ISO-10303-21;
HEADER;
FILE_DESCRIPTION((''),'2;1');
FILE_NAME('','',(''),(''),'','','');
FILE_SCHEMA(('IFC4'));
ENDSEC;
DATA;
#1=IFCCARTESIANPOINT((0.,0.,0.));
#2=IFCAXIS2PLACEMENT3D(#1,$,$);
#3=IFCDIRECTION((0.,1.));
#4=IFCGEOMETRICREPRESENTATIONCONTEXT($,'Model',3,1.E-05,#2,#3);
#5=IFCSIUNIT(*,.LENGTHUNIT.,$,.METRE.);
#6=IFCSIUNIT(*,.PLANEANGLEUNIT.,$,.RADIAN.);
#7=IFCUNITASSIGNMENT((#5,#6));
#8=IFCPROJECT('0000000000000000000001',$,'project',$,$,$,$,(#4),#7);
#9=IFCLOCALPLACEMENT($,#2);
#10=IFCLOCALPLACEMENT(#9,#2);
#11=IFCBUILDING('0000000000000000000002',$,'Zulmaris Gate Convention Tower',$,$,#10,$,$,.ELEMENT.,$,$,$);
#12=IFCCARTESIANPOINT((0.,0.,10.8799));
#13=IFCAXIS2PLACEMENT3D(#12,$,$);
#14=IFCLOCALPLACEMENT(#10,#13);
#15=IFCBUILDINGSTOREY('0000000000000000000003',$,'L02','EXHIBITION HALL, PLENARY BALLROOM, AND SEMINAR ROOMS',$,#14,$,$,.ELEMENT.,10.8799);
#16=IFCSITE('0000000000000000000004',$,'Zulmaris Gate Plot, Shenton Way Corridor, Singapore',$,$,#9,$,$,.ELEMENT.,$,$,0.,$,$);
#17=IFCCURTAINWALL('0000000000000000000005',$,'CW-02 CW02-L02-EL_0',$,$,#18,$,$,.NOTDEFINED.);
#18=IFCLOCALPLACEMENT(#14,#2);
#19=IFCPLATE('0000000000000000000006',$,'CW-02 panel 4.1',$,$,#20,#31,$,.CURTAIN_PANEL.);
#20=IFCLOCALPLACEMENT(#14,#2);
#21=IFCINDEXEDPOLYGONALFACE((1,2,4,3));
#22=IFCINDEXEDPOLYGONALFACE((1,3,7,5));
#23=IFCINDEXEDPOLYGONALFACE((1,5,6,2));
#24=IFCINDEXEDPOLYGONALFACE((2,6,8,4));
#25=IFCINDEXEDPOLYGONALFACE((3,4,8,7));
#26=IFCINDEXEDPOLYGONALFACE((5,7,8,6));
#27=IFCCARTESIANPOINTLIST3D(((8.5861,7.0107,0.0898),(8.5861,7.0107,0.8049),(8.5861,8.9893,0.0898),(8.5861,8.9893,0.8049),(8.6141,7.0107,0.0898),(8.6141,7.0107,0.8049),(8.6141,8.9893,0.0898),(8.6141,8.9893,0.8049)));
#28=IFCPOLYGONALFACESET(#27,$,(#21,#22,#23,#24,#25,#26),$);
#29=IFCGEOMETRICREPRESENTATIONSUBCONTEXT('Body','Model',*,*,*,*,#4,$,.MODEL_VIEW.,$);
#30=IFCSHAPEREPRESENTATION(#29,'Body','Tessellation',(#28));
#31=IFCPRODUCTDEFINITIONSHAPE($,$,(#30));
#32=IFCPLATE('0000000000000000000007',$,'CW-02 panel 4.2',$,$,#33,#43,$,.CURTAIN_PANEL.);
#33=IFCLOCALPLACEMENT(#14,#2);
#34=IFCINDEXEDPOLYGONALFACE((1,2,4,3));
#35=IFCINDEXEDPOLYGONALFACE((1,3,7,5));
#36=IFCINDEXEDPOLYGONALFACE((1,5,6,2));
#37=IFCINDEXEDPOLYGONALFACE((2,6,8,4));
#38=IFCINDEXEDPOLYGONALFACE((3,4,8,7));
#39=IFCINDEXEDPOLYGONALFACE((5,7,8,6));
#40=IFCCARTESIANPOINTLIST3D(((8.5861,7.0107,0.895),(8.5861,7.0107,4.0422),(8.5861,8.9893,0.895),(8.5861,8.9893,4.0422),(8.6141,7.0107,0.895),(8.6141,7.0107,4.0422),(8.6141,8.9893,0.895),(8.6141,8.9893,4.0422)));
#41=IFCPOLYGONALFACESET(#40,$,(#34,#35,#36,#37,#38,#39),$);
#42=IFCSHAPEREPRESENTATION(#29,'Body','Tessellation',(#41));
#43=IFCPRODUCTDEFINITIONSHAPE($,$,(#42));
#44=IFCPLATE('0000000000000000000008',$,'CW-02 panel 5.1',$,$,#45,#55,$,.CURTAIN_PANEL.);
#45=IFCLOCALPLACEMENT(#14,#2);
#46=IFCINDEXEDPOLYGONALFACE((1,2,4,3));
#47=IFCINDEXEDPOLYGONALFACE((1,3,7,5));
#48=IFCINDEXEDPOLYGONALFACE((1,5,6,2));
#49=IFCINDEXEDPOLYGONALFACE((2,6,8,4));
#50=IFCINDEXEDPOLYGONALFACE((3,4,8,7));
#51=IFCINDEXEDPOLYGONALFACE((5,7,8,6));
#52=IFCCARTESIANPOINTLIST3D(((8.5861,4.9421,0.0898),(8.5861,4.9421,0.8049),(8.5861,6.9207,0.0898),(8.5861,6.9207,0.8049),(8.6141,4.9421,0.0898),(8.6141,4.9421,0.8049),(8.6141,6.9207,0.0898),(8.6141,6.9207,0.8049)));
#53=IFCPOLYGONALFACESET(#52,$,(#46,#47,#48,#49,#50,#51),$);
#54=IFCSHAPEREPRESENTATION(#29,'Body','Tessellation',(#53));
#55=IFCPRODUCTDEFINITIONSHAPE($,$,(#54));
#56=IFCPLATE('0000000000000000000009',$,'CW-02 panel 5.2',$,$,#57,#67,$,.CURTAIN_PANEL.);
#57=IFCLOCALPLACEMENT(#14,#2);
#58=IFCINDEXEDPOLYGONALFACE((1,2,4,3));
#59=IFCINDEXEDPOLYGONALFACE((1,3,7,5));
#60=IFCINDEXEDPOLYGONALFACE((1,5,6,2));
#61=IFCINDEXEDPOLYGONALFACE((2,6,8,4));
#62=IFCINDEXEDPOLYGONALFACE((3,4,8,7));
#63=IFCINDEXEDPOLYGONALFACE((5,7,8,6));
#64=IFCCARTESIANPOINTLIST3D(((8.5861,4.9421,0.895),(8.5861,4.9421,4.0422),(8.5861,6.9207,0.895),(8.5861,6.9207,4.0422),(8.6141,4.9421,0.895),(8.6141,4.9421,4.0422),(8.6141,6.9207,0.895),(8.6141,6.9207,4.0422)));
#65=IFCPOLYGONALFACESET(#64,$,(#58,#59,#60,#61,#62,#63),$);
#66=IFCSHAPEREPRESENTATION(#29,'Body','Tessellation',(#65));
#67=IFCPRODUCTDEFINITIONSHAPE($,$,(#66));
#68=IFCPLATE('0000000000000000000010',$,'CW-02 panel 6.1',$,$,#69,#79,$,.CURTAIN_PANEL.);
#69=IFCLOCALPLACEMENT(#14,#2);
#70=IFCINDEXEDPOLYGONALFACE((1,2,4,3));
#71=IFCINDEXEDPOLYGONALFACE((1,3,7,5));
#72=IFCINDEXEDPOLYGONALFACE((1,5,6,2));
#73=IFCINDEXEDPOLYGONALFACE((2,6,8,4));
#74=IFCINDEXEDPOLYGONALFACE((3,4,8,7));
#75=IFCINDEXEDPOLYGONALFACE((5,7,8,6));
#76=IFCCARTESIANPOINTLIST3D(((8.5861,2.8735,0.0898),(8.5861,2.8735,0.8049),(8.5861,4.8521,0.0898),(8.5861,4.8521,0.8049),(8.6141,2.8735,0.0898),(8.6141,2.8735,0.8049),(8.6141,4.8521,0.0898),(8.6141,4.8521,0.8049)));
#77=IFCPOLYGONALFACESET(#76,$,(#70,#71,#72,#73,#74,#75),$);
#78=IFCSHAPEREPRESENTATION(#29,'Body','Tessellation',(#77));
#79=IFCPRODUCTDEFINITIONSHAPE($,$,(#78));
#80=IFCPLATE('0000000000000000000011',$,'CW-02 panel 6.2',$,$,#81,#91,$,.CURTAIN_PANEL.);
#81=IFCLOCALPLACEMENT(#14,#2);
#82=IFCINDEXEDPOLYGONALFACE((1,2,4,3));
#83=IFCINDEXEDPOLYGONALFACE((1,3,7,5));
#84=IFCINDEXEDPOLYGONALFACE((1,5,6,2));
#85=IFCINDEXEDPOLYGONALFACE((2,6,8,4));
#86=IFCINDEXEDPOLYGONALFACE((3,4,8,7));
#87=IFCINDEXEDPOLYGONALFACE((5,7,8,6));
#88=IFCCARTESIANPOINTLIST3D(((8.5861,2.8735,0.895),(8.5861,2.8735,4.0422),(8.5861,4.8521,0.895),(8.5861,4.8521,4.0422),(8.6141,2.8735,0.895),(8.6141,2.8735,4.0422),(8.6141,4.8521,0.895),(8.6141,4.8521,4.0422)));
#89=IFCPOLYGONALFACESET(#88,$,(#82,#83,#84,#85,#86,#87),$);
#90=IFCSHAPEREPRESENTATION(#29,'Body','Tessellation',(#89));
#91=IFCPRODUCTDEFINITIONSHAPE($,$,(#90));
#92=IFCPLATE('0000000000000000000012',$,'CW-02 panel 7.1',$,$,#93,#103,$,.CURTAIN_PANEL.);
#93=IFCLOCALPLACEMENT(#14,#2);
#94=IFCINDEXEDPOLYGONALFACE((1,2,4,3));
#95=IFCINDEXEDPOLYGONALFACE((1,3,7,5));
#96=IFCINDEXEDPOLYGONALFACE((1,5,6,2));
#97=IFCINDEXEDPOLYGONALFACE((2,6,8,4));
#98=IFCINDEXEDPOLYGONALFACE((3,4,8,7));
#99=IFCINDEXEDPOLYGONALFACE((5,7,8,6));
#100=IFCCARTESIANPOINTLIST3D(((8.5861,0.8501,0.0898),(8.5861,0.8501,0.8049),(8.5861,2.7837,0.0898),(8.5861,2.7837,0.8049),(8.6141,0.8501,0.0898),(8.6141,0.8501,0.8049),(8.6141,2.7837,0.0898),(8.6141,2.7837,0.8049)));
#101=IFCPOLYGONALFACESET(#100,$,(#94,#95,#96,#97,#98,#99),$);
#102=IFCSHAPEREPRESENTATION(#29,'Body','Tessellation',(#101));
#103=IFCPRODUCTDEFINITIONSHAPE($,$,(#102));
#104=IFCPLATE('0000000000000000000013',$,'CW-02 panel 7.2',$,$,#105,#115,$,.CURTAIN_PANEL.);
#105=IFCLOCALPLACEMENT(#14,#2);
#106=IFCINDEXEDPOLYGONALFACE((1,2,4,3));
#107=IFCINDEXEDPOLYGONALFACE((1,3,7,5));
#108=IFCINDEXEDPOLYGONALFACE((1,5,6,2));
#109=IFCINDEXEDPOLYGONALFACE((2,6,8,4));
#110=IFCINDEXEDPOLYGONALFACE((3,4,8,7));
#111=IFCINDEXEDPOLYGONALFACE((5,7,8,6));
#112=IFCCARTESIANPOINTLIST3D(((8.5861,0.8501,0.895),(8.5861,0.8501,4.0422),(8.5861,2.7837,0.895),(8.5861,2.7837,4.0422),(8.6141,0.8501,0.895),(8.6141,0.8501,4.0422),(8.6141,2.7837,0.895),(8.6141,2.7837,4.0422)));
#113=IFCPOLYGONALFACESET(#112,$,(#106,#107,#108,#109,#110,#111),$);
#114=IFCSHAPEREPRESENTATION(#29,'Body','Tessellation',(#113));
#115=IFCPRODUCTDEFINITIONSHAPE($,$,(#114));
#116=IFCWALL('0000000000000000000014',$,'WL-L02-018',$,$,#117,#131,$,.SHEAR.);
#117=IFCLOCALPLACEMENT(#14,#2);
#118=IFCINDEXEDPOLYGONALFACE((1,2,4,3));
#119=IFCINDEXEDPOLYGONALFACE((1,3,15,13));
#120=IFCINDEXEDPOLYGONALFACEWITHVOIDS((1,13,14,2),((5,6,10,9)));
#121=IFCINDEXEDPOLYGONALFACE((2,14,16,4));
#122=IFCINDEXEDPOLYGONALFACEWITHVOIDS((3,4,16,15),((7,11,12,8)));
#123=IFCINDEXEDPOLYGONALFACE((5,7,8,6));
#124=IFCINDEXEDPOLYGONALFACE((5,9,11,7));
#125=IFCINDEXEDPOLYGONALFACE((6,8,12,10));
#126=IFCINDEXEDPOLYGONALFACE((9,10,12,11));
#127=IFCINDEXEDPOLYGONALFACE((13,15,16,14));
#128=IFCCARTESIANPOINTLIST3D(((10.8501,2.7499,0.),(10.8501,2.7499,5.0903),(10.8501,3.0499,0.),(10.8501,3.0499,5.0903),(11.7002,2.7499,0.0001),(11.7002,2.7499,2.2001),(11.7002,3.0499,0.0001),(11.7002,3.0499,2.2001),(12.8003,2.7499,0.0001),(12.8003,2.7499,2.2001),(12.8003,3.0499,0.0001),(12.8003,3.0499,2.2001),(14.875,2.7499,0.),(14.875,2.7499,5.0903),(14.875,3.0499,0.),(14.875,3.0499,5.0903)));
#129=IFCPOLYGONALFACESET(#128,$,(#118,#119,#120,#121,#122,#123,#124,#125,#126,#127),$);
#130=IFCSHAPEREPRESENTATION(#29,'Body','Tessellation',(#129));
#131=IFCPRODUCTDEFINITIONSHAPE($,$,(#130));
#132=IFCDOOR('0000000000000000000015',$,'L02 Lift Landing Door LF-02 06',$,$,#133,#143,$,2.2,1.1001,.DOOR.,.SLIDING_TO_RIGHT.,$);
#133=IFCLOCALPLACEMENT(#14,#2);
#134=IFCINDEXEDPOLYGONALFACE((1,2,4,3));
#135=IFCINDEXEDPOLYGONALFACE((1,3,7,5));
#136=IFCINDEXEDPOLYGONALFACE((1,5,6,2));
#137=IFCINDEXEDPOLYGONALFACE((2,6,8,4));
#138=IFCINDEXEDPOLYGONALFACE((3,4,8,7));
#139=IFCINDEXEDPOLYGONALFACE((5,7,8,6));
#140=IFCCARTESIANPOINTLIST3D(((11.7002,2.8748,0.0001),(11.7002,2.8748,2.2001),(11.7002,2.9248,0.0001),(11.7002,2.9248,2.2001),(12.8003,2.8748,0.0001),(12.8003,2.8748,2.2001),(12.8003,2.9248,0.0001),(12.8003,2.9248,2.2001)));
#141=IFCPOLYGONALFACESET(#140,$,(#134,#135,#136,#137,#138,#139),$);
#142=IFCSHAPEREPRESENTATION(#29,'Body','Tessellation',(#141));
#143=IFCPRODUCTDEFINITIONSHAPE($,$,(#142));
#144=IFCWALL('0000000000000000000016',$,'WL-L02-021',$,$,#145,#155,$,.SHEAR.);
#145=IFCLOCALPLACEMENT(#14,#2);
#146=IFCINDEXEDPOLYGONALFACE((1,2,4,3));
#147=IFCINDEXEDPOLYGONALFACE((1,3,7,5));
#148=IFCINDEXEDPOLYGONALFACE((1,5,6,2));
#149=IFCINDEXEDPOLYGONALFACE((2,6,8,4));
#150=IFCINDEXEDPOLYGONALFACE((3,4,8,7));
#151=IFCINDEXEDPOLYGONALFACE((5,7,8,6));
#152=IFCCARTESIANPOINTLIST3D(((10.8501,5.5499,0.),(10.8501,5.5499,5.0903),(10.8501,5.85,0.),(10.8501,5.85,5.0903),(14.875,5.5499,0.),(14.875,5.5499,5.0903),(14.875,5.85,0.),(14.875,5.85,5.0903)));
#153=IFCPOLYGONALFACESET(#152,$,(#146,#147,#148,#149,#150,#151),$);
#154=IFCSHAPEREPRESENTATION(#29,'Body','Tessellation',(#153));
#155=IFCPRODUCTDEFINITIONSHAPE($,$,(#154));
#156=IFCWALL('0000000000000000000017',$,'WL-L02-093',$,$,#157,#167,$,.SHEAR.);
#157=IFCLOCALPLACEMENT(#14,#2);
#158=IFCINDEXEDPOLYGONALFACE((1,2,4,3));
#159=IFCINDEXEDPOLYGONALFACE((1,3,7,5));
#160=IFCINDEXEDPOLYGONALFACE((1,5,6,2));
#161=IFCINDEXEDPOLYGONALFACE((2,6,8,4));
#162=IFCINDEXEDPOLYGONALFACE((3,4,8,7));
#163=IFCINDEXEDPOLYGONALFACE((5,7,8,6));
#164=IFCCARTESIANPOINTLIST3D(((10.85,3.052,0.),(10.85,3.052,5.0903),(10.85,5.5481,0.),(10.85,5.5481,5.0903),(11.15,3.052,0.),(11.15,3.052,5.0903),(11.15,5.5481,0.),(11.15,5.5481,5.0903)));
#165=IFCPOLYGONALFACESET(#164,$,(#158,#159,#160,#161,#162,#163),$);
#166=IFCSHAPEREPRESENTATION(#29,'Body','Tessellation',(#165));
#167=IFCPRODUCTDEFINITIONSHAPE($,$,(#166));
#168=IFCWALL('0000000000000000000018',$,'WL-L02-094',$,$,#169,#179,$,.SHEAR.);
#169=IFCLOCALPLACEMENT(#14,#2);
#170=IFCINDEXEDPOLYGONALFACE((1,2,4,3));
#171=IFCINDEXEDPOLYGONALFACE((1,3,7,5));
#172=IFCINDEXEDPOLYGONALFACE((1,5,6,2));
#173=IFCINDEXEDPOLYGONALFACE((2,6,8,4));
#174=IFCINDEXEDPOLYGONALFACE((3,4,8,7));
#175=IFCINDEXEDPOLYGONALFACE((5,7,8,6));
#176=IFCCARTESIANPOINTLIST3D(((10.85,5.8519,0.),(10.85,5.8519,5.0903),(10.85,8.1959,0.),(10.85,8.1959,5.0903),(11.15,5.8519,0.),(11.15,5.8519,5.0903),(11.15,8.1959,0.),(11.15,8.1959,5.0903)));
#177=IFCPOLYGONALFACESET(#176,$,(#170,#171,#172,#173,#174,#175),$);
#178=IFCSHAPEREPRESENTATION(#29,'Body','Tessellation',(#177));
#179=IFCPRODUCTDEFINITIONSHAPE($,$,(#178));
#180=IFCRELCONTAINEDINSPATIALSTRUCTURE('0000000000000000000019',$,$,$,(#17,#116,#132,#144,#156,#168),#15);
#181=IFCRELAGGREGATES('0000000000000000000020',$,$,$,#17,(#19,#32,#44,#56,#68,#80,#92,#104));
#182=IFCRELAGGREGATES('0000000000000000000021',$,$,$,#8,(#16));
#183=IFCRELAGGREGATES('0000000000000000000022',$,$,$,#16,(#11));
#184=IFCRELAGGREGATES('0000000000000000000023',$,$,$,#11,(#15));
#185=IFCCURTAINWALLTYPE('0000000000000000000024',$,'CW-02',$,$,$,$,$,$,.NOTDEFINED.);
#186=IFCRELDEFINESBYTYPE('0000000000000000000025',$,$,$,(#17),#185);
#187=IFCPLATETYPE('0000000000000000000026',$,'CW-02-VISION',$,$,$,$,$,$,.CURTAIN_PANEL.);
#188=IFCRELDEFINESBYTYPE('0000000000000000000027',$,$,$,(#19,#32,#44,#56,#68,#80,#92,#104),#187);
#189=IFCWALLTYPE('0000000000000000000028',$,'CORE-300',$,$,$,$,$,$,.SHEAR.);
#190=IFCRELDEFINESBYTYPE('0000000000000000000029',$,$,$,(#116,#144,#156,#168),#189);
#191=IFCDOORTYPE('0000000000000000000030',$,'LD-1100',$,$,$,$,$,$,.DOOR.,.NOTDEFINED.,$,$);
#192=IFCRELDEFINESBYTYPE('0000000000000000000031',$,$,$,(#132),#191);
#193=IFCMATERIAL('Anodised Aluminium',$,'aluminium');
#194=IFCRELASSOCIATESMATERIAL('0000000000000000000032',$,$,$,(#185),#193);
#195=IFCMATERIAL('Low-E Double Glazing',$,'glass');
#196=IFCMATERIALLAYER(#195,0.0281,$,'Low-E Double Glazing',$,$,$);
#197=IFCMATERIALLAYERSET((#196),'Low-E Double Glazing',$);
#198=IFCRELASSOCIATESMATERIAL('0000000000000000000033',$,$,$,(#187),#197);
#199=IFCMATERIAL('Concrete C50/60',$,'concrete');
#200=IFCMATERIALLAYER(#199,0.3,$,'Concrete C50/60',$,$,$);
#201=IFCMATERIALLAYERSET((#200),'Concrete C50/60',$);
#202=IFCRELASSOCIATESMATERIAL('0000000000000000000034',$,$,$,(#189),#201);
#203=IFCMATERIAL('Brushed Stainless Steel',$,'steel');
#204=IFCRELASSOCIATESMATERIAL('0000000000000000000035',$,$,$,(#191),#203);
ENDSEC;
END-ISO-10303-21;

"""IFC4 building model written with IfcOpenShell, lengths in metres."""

from ifc_helpers import new_model, si_unit, direction, frame, frame_2d, origin, origin_2d, place, context, subcontext, project, spatial, rectangle, extrude, material, layer, layer_set, type_object, element, fill, aggregate, save


model = new_model("IFC4")

# Units and contexts
model_context = context("Model", 3, precision=1e-05, world=origin(), true_north=direction((0.0, 1.0)))
body_context = subcontext(model_context, "Body", "Model", "MODEL_VIEW")
ifc_project = project(units=[si_unit("LENGTHUNIT", "METRE"), si_unit("PLANEANGLEUNIT", "RADIAN")], contexts=[model_context])

# Site, building, storey
site_placement = place(None, origin())
site = spatial("IfcSite", under=ifc_project, at=site_placement, Name="Zulmaris Gate Plot, Shenton Way Corridor, Singapore", CompositionType="ELEMENT", RefElevation=0.0)
building_placement = place(site_placement, origin())
building = spatial("IfcBuilding", under=site, at=building_placement, Name="Zulmaris Gate Convention Tower", CompositionType="ELEMENT")
storey_placement = place(building_placement, frame((0.0, 0.0, 10.8799)))
storey = spatial("IfcBuildingStorey", under=building, at=storey_placement, Name="L02", Description="EXHIBITION HALL, PLENARY BALLROOM, AND SEMINAR ROOMS", CompositionType="ELEMENT", Elevation=10.8799)

# Curtain wall, plates
ifc_material_1 = material(Name="Anodised Aluminium", Category="aluminium")
curtain_wall_type = type_object("IfcCurtainWallType", Name="CW-02", PredefinedType="NOTDEFINED", material=ifc_material_1)
curtain_wall_placement = place(storey_placement, origin())
curtain_wall = element("IfcCurtainWall", 1, at=curtain_wall_placement, inside=storey, type_object=curtain_wall_type, Name="CW-02 CW02-L02-EL_0", PredefinedType="NOTDEFINED")
ifc_material_2 = material(Name="Low-E Double Glazing", Category="glass")
ifc_layer_1 = layer(ifc_material_2, 0.0281, Name="Low-E Double Glazing")
ifc_layer_set_1 = layer_set([ifc_layer_1], Name="Low-E Double Glazing")
plate_type = type_object("IfcPlateType", Name="CW-02-VISION", PredefinedType="CURTAIN_PANEL", material=ifc_layer_set_1)
plate_1_placement = place(storey_placement, frame((8.6001, 8.0, 0.0898), z_axis=(0.0, 0.0, 1.0), x_axis=(0.0, -1.0, 0.0)))
plate_1 = element("IfcPlate", 2, at=plate_1_placement, type_object=plate_type, Name="CW-02 panel 4.1", PredefinedType="CURTAIN_PANEL", context=body_context, shape_type="SweptSolid", body=[
    extrude(rectangle(XDim=1.9785, YDim=0.0281, at=origin_2d()), origin(), (0.0, 0.0, 1.0), 0.7151),
])
plate_2_placement = place(storey_placement, frame((8.6001, 8.0, 0.895), z_axis=(0.0, 0.0, 1.0), x_axis=(0.0, -1.0, 0.0)))
plate_2 = element("IfcPlate", 3, at=plate_2_placement, type_object=plate_type, Name="CW-02 panel 4.2", PredefinedType="CURTAIN_PANEL", context=body_context, shape_type="SweptSolid", body=[
    extrude(rectangle(XDim=1.9785, YDim=0.0281, at=origin_2d()), origin(), (0.0, 0.0, 1.0), 3.1472),
])
plate_3_placement = place(storey_placement, frame((8.6001, 5.9314, 0.0898), z_axis=(0.0, 0.0, 1.0), x_axis=(0.0, -1.0, 0.0)))
plate_3 = element("IfcPlate", 4, at=plate_3_placement, type_object=plate_type, Name="CW-02 panel 5.1", PredefinedType="CURTAIN_PANEL", context=body_context, shape_type="SweptSolid", body=[
    extrude(rectangle(XDim=1.9785, YDim=0.0281, at=origin_2d()), origin(), (0.0, 0.0, 1.0), 0.7151),
])
plate_4_placement = place(storey_placement, frame((8.6001, 5.9314, 0.895), z_axis=(0.0, 0.0, 1.0), x_axis=(0.0, -1.0, 0.0)))
plate_4 = element("IfcPlate", 5, at=plate_4_placement, type_object=plate_type, Name="CW-02 panel 5.2", PredefinedType="CURTAIN_PANEL", context=body_context, shape_type="SweptSolid", body=[
    extrude(rectangle(XDim=1.9785, YDim=0.0281, at=origin_2d()), origin(), (0.0, 0.0, 1.0), 3.1472),
])
plate_5_placement = place(storey_placement, frame((8.6001, 3.8628, 0.0898), z_axis=(0.0, 0.0, 1.0), x_axis=(0.0, -1.0, 0.0)))
plate_5 = element("IfcPlate", 6, at=plate_5_placement, type_object=plate_type, Name="CW-02 panel 6.1", PredefinedType="CURTAIN_PANEL", context=body_context, shape_type="SweptSolid", body=[
    extrude(rectangle(XDim=1.9785, YDim=0.0281, at=origin_2d()), origin(), (0.0, 0.0, 1.0), 0.7151),
])
plate_6_placement = place(storey_placement, frame((8.6001, 3.8628, 0.895), z_axis=(0.0, 0.0, 1.0), x_axis=(0.0, -1.0, 0.0)))
plate_6 = element("IfcPlate", 7, at=plate_6_placement, type_object=plate_type, Name="CW-02 panel 6.2", PredefinedType="CURTAIN_PANEL", context=body_context, shape_type="SweptSolid", body=[
    extrude(rectangle(XDim=1.9785, YDim=0.0281, at=origin_2d()), origin(), (0.0, 0.0, 1.0), 3.1472),
])
plate_7_placement = place(storey_placement, frame((8.6001, 1.8169, 0.0898), z_axis=(0.0, 0.0, 1.0), x_axis=(0.0, -1.0, 0.0)))
plate_7 = element("IfcPlate", 8, at=plate_7_placement, type_object=plate_type, Name="CW-02 panel 7.1", PredefinedType="CURTAIN_PANEL", context=body_context, shape_type="SweptSolid", body=[
    extrude(rectangle(XDim=1.9336, YDim=0.0281, at=origin_2d()), origin(), (0.0, 0.0, 1.0), 0.7151),
])
plate_8_placement = place(storey_placement, frame((8.6001, 1.8169, 0.895), z_axis=(0.0, 0.0, 1.0), x_axis=(0.0, -1.0, 0.0)))
plate_8 = element("IfcPlate", 9, at=plate_8_placement, type_object=plate_type, Name="CW-02 panel 7.2", PredefinedType="CURTAIN_PANEL", context=body_context, shape_type="SweptSolid", body=[
    extrude(rectangle(XDim=1.9336, YDim=0.0281, at=origin_2d()), origin(), (0.0, 0.0, 1.0), 3.1472),
])
aggregate(curtain_wall, [plate_1, plate_2, plate_3, plate_4, plate_5, plate_6, plate_7, plate_8])

# Wall, opening, door
ifc_material_3 = material(Name="Concrete C50/60", Category="concrete")
ifc_layer_2 = layer(ifc_material_3, 0.3, Name="Concrete C50/60")
ifc_layer_set_2 = layer_set([ifc_layer_2], Name="Concrete C50/60")
wall_type = type_object("IfcWallType", Name="CORE-300", PredefinedType="SHEAR", material=ifc_layer_set_2)
wall_1_placement = place(storey_placement, frame((10.8501, 2.8999, 0.0), z_axis=(0.0, 0.0, 1.0), x_axis=(1.0, 0.0, 0.0)))
wall_1 = element("IfcWall", 10, at=wall_1_placement, inside=storey, type_object=wall_type, Name="WL-L02-018", PredefinedType="SHEAR", context=body_context, shape_type="SweptSolid", body=[
    extrude(rectangle(XDim=4.0249, YDim=0.3, at=frame_2d((2.0125, 0.0))), origin(), (0.0, 0.0, 1.0), 5.0903),
])
opening_1_placement = place(wall_1_placement, frame((0.8501, 0.0, 0.0)))
opening_1 = element("IfcOpeningElement", 11, at=opening_1_placement, cuts=wall_1, PredefinedType="OPENING", context=body_context, shape_type="SweptSolid", body=[
    extrude(rectangle(XDim=1.1001, YDim=2.2, at=frame_2d((0.55, 1.1001))), frame((0.0, 0.1602, 0.0), z_axis=(0.0, -1.0, 0.0), x_axis=(1.0, 0.0, 0.0)), (0.0, 0.0, 1.0), 0.3201),
])
ifc_material_4 = material(Name="Brushed Stainless Steel", Category="steel")
door_type_1 = type_object("IfcDoorType", Name="LD-1100", OperationType="NOTDEFINED", PredefinedType="DOOR", material=ifc_material_4)
door_1_placement = place(opening_1_placement, origin())
door_1 = element("IfcDoor", 12, at=door_1_placement, inside=storey, type_object=door_type_1, Name="L02 Lift Landing Door LF-02 06", OperationType="SLIDING_TO_RIGHT", OverallHeight=2.2, OverallWidth=1.1001, PredefinedType="DOOR", context=body_context, shape_type="SweptSolid", body=[
    extrude(rectangle(XDim=1.1001, YDim=2.2, at=frame_2d((0.55, 1.1001))), frame((0.0, 0.0249, 0.0), z_axis=(0.0, -1.0, 0.0), x_axis=(1.0, 0.0, 0.0)), (0.0, 0.0, 1.0), 0.05),
])
fill(opening_1, door_1)

# Wall
wall_2_placement = place(storey_placement, frame((10.8501, 5.7, 0.0), z_axis=(0.0, 0.0, 1.0), x_axis=(1.0, 0.0, 0.0)))
element("IfcWall", 13, at=wall_2_placement, inside=storey, type_object=wall_type, Name="WL-L02-021", PredefinedType="SHEAR", context=body_context, shape_type="SweptSolid", body=[
    extrude(rectangle(XDim=4.0249, YDim=0.3, at=frame_2d((2.0125, 0.0))), origin(), (0.0, 0.0, 1.0), 5.0903),
])

# Walls
wall_3_placement = place(storey_placement, frame((11.0, 3.052, 0.0), z_axis=(0.0, 0.0, 1.0), x_axis=(0.0, 1.0, 0.0)))
element("IfcWall", 14, at=wall_3_placement, inside=storey, type_object=wall_type, Name="WL-L02-093", PredefinedType="SHEAR", context=body_context, shape_type="SweptSolid", body=[
    extrude(rectangle(XDim=2.4961, YDim=0.3, at=frame_2d((1.248, 0.0))), origin(), (0.0, 0.0, 1.0), 5.0903),
])
wall_4_placement = place(storey_placement, frame((11.0, 5.8521, 0.0), z_axis=(0.0, 0.0, 1.0), x_axis=(0.0, 1.0, 0.0)))
element("IfcWall", 15, at=wall_4_placement, inside=storey, type_object=wall_type, Name="WL-L02-094", PredefinedType="SHEAR", context=body_context, shape_type="SweptSolid", body=[
    extrude(rectangle(XDim=2.344, YDim=0.3, at=frame_2d((1.1719, 0.0))), origin(), (0.0, 0.0, 1.0), 5.0903),
])

save(model, "model.ifc")
